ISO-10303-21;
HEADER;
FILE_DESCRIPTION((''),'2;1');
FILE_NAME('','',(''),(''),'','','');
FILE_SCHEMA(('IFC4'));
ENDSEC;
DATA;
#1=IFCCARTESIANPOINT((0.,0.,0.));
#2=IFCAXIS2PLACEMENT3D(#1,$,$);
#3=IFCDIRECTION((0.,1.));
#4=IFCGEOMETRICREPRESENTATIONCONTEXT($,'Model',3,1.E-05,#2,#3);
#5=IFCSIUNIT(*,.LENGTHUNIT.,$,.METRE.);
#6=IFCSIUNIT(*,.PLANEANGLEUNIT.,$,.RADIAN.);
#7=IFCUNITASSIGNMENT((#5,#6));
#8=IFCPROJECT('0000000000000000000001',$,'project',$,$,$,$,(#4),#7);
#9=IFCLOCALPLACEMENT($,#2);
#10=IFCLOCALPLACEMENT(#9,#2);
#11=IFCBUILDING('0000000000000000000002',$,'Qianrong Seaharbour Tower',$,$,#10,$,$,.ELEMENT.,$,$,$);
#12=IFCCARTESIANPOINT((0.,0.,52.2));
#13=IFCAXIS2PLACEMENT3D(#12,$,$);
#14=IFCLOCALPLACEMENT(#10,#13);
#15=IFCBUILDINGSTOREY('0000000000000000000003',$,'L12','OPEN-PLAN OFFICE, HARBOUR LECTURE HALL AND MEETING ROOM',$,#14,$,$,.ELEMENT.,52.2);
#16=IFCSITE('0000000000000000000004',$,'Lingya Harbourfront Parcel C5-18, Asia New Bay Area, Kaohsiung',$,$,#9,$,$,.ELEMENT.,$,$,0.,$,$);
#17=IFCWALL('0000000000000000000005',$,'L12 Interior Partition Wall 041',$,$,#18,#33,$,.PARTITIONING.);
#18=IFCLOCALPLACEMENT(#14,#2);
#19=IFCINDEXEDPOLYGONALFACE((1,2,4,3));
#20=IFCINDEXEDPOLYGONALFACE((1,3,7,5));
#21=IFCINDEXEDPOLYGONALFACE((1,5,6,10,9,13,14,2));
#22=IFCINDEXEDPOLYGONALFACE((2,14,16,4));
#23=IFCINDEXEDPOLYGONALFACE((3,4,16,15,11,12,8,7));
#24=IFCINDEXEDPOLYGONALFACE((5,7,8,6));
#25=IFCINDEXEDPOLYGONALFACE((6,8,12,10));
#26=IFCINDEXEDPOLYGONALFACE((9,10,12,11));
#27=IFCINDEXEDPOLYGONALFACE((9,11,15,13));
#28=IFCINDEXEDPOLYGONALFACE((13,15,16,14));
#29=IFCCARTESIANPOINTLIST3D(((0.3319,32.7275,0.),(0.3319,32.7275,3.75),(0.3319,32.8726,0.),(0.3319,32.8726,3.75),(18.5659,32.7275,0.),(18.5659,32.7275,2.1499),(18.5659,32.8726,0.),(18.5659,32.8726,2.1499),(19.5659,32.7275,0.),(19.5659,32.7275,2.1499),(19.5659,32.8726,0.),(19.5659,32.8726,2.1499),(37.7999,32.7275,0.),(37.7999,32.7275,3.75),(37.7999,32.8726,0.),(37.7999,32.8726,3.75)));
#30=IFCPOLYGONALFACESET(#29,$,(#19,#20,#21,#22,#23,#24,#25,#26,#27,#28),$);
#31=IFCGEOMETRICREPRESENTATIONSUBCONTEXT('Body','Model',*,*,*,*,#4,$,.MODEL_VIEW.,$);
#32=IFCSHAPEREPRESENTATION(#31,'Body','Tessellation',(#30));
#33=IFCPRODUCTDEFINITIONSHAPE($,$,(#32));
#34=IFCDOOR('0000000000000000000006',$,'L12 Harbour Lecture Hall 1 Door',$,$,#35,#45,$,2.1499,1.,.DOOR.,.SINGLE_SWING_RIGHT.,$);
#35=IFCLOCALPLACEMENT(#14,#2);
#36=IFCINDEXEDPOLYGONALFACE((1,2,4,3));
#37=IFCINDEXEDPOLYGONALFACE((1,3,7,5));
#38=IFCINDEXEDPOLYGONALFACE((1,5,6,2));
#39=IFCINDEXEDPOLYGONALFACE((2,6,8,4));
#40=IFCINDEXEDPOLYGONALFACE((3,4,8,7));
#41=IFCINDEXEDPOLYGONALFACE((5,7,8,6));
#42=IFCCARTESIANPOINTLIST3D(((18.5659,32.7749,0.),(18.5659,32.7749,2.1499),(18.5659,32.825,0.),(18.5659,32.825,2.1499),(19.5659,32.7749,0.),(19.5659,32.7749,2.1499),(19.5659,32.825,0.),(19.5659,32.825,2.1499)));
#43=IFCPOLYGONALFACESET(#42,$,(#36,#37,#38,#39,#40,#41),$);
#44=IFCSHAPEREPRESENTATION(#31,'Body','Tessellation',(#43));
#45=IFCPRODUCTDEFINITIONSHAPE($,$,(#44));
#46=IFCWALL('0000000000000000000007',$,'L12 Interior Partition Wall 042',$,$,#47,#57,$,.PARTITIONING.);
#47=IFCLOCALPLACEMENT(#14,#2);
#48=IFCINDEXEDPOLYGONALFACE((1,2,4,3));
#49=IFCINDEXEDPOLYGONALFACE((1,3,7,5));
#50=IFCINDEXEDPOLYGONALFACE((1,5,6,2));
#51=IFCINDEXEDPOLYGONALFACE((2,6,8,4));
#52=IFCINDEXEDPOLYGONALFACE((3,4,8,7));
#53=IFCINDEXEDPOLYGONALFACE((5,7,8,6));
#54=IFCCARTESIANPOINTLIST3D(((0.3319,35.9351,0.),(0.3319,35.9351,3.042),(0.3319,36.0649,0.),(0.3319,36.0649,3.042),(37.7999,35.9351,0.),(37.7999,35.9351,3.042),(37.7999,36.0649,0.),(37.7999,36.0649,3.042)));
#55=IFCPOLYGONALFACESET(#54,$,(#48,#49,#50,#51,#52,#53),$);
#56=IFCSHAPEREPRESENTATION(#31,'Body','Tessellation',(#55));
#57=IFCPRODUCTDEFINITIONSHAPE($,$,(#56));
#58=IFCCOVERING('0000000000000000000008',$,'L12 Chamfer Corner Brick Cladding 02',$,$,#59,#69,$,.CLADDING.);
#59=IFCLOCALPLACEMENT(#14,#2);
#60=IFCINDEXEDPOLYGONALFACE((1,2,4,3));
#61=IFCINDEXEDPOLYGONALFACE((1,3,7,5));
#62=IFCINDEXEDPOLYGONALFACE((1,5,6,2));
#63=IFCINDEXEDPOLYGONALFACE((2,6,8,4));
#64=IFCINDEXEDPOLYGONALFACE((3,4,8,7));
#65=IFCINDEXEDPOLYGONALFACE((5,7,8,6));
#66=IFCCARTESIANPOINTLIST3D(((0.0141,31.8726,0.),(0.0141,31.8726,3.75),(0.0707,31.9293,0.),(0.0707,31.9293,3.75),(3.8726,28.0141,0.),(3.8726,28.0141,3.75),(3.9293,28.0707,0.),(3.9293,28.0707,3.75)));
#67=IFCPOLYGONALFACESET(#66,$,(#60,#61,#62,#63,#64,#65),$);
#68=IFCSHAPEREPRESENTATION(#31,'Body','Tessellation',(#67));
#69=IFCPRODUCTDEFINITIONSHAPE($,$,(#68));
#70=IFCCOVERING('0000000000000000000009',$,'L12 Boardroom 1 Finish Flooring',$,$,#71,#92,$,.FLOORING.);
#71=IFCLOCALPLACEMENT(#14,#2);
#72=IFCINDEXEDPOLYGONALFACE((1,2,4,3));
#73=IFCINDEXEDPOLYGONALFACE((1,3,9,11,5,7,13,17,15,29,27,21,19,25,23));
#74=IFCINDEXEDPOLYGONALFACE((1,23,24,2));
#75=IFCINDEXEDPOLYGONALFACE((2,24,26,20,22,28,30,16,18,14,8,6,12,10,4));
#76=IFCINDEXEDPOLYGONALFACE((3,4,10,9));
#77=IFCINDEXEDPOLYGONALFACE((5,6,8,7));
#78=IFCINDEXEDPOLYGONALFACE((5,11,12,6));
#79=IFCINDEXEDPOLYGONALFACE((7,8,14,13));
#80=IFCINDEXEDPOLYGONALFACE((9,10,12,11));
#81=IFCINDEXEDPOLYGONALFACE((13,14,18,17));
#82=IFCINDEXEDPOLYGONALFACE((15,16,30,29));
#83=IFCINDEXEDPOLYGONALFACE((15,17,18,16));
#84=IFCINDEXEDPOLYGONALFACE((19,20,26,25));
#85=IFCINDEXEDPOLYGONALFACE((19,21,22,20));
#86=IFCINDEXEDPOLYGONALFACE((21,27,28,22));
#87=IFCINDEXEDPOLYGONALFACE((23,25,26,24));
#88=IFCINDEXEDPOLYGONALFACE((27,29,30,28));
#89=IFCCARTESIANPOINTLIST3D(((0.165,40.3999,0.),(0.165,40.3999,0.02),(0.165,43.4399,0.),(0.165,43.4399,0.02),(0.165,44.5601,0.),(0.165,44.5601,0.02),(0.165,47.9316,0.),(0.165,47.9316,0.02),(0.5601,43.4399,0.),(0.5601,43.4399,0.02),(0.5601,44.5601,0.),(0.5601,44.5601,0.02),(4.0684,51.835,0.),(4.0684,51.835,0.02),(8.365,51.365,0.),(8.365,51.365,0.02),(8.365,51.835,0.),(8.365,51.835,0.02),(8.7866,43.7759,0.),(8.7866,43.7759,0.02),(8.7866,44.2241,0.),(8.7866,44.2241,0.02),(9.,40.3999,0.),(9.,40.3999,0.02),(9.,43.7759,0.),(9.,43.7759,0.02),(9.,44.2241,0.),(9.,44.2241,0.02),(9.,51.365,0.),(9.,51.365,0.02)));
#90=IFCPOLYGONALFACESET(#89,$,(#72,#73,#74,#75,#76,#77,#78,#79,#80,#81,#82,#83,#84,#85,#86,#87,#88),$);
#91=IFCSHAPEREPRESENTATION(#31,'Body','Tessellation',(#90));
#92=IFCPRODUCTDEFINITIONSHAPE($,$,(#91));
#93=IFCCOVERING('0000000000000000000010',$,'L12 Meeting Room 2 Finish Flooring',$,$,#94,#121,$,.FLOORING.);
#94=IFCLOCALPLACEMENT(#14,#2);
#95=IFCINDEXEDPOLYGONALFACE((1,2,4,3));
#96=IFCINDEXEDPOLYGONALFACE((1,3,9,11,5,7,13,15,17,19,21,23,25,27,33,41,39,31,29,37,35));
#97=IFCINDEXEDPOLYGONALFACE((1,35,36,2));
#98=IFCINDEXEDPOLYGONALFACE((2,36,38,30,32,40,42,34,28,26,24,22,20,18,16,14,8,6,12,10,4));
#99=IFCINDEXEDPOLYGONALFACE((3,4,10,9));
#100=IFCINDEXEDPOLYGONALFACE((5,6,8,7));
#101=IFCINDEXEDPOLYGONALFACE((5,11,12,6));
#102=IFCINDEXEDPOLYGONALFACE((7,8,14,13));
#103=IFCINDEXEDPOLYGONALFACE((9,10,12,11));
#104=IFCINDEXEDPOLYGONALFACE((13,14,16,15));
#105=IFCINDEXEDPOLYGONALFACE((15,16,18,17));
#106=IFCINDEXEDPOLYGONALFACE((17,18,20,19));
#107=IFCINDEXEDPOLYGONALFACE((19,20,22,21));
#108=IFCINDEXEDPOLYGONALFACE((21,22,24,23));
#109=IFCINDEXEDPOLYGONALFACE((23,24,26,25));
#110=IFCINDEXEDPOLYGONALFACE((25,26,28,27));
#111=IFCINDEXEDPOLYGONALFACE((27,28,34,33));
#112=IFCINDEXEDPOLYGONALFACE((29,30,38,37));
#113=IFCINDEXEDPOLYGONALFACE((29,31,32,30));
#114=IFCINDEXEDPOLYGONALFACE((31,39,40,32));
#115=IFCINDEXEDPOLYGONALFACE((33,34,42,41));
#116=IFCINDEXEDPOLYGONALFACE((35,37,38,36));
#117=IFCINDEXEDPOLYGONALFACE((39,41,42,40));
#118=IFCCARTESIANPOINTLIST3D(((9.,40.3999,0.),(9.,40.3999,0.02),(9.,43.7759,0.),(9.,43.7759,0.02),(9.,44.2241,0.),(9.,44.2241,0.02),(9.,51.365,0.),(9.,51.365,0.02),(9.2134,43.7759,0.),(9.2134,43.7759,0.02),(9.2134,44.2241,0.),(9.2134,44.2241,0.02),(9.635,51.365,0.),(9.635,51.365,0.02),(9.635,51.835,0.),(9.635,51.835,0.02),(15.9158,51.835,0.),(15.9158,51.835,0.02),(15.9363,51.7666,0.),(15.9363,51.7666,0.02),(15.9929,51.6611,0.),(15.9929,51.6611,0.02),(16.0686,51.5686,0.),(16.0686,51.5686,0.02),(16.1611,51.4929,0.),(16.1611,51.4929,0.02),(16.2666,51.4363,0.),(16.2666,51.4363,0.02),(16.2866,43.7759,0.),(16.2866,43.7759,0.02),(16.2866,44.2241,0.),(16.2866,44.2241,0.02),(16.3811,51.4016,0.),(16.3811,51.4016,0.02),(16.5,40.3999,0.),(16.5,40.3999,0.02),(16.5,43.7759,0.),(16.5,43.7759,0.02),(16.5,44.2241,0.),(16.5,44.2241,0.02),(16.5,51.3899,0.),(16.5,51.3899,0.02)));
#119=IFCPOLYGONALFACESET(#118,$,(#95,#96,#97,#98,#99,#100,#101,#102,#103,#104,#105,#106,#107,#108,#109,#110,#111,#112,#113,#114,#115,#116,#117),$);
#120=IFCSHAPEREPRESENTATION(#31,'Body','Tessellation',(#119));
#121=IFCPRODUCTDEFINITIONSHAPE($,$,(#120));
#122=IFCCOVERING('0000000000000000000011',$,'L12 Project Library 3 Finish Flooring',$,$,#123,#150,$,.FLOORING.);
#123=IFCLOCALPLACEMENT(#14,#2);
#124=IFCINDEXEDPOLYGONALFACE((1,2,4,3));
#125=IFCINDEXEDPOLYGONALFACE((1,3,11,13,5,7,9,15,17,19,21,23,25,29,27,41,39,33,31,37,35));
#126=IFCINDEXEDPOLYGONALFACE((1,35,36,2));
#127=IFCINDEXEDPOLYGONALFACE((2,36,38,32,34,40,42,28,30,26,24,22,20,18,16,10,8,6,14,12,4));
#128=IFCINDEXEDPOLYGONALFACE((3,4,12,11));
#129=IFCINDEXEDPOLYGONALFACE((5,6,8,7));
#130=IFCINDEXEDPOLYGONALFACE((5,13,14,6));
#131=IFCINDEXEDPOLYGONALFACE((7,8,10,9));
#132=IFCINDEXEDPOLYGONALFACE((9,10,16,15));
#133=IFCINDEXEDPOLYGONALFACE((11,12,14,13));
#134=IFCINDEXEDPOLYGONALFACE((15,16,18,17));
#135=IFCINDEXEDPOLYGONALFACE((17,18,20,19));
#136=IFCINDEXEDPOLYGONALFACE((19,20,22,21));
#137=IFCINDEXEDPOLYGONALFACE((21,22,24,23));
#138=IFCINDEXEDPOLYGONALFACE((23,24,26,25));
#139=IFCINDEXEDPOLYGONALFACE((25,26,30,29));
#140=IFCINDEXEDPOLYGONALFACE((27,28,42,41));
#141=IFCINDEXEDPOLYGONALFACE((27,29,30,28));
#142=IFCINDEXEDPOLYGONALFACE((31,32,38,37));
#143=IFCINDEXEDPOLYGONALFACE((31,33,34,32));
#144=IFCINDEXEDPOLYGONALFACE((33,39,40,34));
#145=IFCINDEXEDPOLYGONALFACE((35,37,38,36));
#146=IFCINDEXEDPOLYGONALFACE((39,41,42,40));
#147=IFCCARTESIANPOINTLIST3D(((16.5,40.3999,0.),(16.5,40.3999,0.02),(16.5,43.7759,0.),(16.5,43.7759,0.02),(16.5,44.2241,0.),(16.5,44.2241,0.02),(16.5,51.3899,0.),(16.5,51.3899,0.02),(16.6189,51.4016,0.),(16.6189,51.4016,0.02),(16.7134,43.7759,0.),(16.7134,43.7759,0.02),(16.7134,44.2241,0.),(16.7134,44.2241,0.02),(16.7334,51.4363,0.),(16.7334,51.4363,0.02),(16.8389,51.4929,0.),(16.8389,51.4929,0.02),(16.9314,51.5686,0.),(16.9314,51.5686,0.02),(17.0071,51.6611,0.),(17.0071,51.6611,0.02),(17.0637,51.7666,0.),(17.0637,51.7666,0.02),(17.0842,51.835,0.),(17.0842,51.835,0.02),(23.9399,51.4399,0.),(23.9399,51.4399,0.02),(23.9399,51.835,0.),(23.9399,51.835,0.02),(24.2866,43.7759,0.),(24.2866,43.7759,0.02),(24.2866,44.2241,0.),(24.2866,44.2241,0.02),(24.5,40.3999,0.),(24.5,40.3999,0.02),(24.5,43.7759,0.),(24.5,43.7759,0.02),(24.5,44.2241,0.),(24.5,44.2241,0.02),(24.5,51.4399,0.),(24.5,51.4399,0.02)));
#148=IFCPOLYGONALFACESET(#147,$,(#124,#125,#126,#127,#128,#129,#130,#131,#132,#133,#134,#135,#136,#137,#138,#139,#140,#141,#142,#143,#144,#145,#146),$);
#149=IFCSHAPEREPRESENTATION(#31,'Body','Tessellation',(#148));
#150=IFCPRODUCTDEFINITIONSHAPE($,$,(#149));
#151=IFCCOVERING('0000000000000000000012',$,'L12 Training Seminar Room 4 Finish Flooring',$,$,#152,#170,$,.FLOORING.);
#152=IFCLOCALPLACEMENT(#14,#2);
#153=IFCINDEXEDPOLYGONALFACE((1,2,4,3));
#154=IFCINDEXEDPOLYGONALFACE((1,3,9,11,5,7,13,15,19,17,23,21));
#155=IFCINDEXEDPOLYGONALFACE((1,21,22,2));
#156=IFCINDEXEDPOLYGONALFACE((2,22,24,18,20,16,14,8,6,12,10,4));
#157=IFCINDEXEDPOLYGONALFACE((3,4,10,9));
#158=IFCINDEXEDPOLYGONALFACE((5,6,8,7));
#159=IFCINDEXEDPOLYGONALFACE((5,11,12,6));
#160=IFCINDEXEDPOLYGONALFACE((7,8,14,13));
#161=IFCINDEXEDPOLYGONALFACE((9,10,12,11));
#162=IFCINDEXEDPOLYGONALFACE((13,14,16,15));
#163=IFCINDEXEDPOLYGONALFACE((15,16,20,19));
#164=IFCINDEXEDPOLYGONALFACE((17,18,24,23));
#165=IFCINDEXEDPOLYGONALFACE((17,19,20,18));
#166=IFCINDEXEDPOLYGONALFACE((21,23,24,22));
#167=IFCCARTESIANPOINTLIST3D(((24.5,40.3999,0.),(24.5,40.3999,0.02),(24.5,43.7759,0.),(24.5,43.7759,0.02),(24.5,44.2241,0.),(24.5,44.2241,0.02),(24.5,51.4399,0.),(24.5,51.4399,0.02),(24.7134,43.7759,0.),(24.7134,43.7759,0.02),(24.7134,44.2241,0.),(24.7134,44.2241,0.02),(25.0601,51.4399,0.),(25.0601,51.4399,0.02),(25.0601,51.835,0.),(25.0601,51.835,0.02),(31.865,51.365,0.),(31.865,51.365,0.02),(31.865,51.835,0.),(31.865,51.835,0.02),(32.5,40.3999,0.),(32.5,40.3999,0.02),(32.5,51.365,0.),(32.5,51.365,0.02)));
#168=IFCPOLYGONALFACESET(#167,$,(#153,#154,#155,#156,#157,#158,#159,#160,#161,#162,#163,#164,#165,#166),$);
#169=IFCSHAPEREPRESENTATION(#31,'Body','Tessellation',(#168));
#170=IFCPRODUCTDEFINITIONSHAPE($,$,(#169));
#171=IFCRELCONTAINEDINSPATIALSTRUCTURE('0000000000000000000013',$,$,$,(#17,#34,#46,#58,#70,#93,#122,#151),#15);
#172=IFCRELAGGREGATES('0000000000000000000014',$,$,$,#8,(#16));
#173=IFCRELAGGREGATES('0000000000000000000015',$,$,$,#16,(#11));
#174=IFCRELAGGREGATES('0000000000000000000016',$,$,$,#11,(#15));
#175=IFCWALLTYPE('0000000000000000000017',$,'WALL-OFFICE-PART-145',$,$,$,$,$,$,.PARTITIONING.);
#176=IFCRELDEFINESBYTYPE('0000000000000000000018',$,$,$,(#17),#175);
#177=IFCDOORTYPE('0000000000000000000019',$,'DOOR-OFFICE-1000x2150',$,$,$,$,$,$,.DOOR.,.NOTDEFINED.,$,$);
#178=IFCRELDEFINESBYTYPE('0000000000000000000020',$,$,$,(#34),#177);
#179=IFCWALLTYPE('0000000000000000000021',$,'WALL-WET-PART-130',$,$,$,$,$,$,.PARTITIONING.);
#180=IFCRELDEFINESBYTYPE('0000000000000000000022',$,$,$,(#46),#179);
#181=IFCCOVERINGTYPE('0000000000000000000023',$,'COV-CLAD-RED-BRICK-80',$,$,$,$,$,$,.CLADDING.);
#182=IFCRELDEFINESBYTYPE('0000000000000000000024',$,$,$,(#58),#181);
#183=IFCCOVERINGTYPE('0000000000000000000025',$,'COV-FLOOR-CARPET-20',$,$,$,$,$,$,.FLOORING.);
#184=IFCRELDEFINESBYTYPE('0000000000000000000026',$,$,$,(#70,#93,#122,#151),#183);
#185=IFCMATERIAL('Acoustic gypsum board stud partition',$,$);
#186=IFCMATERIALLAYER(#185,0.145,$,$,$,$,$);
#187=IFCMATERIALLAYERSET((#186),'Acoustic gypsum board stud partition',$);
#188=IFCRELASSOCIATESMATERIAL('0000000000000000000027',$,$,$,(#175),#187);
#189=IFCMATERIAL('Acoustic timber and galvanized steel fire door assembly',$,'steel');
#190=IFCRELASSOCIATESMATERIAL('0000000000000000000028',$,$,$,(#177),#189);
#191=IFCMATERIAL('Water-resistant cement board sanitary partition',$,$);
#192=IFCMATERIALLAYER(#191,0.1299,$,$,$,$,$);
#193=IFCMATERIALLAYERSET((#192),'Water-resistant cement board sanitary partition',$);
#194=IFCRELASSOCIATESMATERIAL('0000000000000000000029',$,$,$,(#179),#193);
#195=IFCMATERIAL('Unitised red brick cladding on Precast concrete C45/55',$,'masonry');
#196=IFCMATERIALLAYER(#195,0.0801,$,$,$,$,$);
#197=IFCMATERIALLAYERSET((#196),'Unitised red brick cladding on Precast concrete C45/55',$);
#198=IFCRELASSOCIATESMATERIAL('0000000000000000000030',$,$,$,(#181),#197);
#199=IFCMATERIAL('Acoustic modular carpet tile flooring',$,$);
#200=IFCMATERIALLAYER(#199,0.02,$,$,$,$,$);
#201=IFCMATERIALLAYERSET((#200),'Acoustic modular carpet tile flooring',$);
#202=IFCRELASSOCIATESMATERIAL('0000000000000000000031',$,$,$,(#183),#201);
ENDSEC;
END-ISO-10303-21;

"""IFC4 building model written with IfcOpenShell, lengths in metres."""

from ifc_helpers import new_model, si_unit, direction, frame, frame_2d, origin, origin_2d, place, context, subcontext, project, spatial, polyline, rectangle, outline, extrude, material, layer, layer_set, type_object, element, fill, save


model = new_model("IFC4")

# Units and contexts
model_context = context("Model", 3, precision=1e-05, world=origin(), true_north=direction((0.0, 1.0)))
body_context = subcontext(model_context, "Body", "Model", "MODEL_VIEW")
ifc_project = project(units=[si_unit("LENGTHUNIT", "METRE"), si_unit("PLANEANGLEUNIT", "RADIAN")], contexts=[model_context])

# Site, building, storey
site_placement = place(None, origin())
site = spatial("IfcSite", under=ifc_project, at=site_placement, Name="Lingya Harbourfront Parcel C5-18, Asia New Bay Area, Kaohsiung", CompositionType="ELEMENT", RefElevation=0.0)
building_placement = place(site_placement, origin())
building = spatial("IfcBuilding", under=site, at=building_placement, Name="Qianrong Seaharbour Tower", CompositionType="ELEMENT")
storey_placement = place(building_placement, frame((0.0, 0.0, 52.2)))
storey = spatial("IfcBuildingStorey", under=building, at=storey_placement, Name="L12", Description="OPEN-PLAN OFFICE, HARBOUR LECTURE HALL AND MEETING ROOM", CompositionType="ELEMENT", Elevation=52.2)

# Wall, opening, door
ifc_material_1 = material(Name="Acoustic gypsum board stud partition")
ifc_layer_1 = layer(ifc_material_1, 0.145)
ifc_layer_set_1 = layer_set([ifc_layer_1], Name="Acoustic gypsum board stud partition")
wall_type_1 = type_object("IfcWallType", Name="WALL-OFFICE-PART-145", PredefinedType="PARTITIONING", material=ifc_layer_set_1)
wall_1_placement = place(storey_placement, frame((0.332, 32.8, 0.0), z_axis=(0.0, 0.0, 1.0), x_axis=(1.0, 0.0, 0.0)))
wall_1 = element("IfcWall", 1, at=wall_1_placement, inside=storey, type_object=wall_type_1, Name="L12 Interior Partition Wall 041", PredefinedType="PARTITIONING", context=body_context, shape_type="SweptSolid", body=[
    extrude(rectangle(XDim=37.468, YDim=0.145, at=frame_2d((18.7339, 0.0))), origin(), (0.0, 0.0, 1.0), 3.75),
])
opening_placement = place(wall_1_placement, frame((18.2339, 0.0, 0.0)))
opening = element("IfcOpeningElement", 2, at=opening_placement, cuts=wall_1, PredefinedType="OPENING", context=body_context, shape_type="SweptSolid", body=[
    extrude(rectangle(XDim=1.0, YDim=2.1499, at=frame_2d((0.5, 1.075))), frame((0.0, 0.0825, 0.0), z_axis=(0.0, -1.0, 0.0), x_axis=(1.0, 0.0, 0.0)), (0.0, 0.0, 1.0), 0.165),
])
ifc_material_2 = material(Name="Acoustic timber and galvanized steel fire door assembly", Category="steel")
door_type = type_object("IfcDoorType", Name="DOOR-OFFICE-1000x2150", OperationType="NOTDEFINED", PredefinedType="DOOR", material=ifc_material_2)
door_placement = place(opening_placement, origin())
door = element("IfcDoor", 3, at=door_placement, inside=storey, type_object=door_type, Name="L12 Harbour Lecture Hall 1 Door", OperationType="SINGLE_SWING_RIGHT", OverallHeight=2.1499, OverallWidth=1.0, PredefinedType="DOOR", context=body_context, shape_type="SweptSolid", body=[
    extrude(rectangle(XDim=1.0, YDim=2.1499, at=frame_2d((0.5, 1.075))), frame((0.0, 0.0249, 0.0), z_axis=(0.0, -1.0, 0.0), x_axis=(1.0, 0.0, 0.0)), (0.0, 0.0, 1.0), 0.05),
])
fill(opening, door)

# Wall
ifc_material_3 = material(Name="Water-resistant cement board sanitary partition")
ifc_layer_2 = layer(ifc_material_3, 0.1299)
ifc_layer_set_2 = layer_set([ifc_layer_2], Name="Water-resistant cement board sanitary partition")
wall_type_2 = type_object("IfcWallType", Name="WALL-WET-PART-130", PredefinedType="PARTITIONING", material=ifc_layer_set_2)
wall_2_placement = place(storey_placement, frame((0.332, 36.0, 0.0), z_axis=(0.0, 0.0, 1.0), x_axis=(1.0, 0.0, 0.0)))
element("IfcWall", 4, at=wall_2_placement, inside=storey, type_object=wall_type_2, Name="L12 Interior Partition Wall 042", PredefinedType="PARTITIONING", context=body_context, shape_type="SweptSolid", body=[
    extrude(rectangle(XDim=37.468, YDim=0.1299, at=frame_2d((18.7339, 0.0))), origin(), (0.0, 0.0, 1.0), 3.042),
])

# Coverings
ifc_material_4 = material(Name="Unitised red brick cladding on Precast concrete C45/55", Category="masonry")
ifc_layer_3 = layer(ifc_material_4, 0.0801)
ifc_layer_set_3 = layer_set([ifc_layer_3], Name="Unitised red brick cladding on Precast concrete C45/55")
covering_type_1 = type_object("IfcCoveringType", Name="COV-CLAD-RED-BRICK-80", PredefinedType="CLADDING", material=ifc_layer_set_3)
covering_1_placement = place(storey_placement, frame((1.9717, 29.9717, 0.0), z_axis=(0.0, 0.0, 1.0), x_axis=(-0.707107, 0.707107, 0.0)))
element("IfcCovering", 5, at=covering_1_placement, inside=storey, type_object=covering_type_1, Name="L12 Chamfer Corner Brick Cladding 02", PredefinedType="CLADDING", context=body_context, shape_type="SweptSolid", body=[
    extrude(rectangle(XDim=5.4568, YDim=0.0801, at=origin_2d()), origin(), (0.0, 0.0, 1.0), 3.75),
])
ifc_material_5 = material(Name="Acoustic modular carpet tile flooring")
ifc_layer_4 = layer(ifc_material_5, 0.02)
ifc_layer_set_4 = layer_set([ifc_layer_4], Name="Acoustic modular carpet tile flooring")
covering_type_2 = type_object("IfcCoveringType", Name="COV-FLOOR-CARPET-20", PredefinedType="FLOORING", material=ifc_layer_set_4)
covering_2_placement = place(storey_placement, origin())
element("IfcCovering", 6, at=covering_2_placement, inside=storey, type_object=covering_type_2, Name="L12 Boardroom 1 Finish Flooring", PredefinedType="FLOORING", context=body_context, shape_type="SweptSolid", body=[
    extrude(outline(polyline([(0.165, 43.4399), (0.5601, 43.4399), (0.5601, 44.5601), (0.165, 44.5601), (0.165, 47.9316), (4.0684, 51.835), (8.365, 51.835), (8.365, 51.365), (9.0, 51.365), (9.0, 44.2241), (8.7866, 44.2241), (8.7866, 43.7759), (9.0, 43.7759), (9.0, 40.3999), (0.165, 40.3999), (0.165, 43.4399)])), origin(), (0.0, 0.0, 1.0), 0.02),
])
covering_3_placement = place(storey_placement, origin())
element("IfcCovering", 7, at=covering_3_placement, inside=storey, type_object=covering_type_2, Name="L12 Meeting Room 2 Finish Flooring", PredefinedType="FLOORING", context=body_context, shape_type="SweptSolid", body=[
    extrude(outline(polyline([(9.0, 43.7759), (9.2134, 43.7759), (9.2134, 44.2241), (9.0, 44.2241), (9.0, 51.365), (9.635, 51.365), (9.635, 51.835), (15.9158, 51.835), (15.9363, 51.7666), (15.9929, 51.6611), (16.0686, 51.5686), (16.1611, 51.4929), (16.2666, 51.4363), (16.3811, 51.4016), (16.5, 51.3899), (16.5, 44.2241), (16.2866, 44.2241), (16.2866, 43.7759), (16.5, 43.7759), (16.5, 40.3999), (9.0, 40.3999), (9.0, 43.7759)])), origin(), (0.0, 0.0, 1.0), 0.02),
])
covering_4_placement = place(storey_placement, origin())
element("IfcCovering", 8, at=covering_4_placement, inside=storey, type_object=covering_type_2, Name="L12 Project Library 3 Finish Flooring", PredefinedType="FLOORING", context=body_context, shape_type="SweptSolid", body=[
    extrude(outline(polyline([(16.5, 43.7759), (16.7134, 43.7759), (16.7134, 44.2241), (16.5, 44.2241), (16.5, 51.3899), (16.6189, 51.4016), (16.7334, 51.4363), (16.8389, 51.4929), (16.9314, 51.5686), (17.0071, 51.6611), (17.0637, 51.7666), (17.0842, 51.835), (23.9399, 51.835), (23.9399, 51.4399), (24.5, 51.4399), (24.5, 44.2241), (24.2866, 44.2241), (24.2866, 43.7759), (24.5, 43.7759), (24.5, 40.3999), (16.5, 40.3999), (16.5, 43.7759)])), origin(), (0.0, 0.0, 1.0), 0.02),
])
covering_5_placement = place(storey_placement, origin())
element("IfcCovering", 9, at=covering_5_placement, inside=storey, type_object=covering_type_2, Name="L12 Training Seminar Room 4 Finish Flooring", PredefinedType="FLOORING", context=body_context, shape_type="SweptSolid", body=[
    extrude(outline(polyline([(24.5, 43.7759), (24.7134, 43.7759), (24.7134, 44.2241), (24.5, 44.2241), (24.5, 51.4399), (25.0601, 51.4399), (25.0601, 51.835), (31.865, 51.835), (31.865, 51.365), (32.5, 51.365), (32.5, 40.3999), (24.5, 40.3999), (24.5, 43.7759)])), origin(), (0.0, 0.0, 1.0), 0.02),
])

save(model, "model.ifc")
